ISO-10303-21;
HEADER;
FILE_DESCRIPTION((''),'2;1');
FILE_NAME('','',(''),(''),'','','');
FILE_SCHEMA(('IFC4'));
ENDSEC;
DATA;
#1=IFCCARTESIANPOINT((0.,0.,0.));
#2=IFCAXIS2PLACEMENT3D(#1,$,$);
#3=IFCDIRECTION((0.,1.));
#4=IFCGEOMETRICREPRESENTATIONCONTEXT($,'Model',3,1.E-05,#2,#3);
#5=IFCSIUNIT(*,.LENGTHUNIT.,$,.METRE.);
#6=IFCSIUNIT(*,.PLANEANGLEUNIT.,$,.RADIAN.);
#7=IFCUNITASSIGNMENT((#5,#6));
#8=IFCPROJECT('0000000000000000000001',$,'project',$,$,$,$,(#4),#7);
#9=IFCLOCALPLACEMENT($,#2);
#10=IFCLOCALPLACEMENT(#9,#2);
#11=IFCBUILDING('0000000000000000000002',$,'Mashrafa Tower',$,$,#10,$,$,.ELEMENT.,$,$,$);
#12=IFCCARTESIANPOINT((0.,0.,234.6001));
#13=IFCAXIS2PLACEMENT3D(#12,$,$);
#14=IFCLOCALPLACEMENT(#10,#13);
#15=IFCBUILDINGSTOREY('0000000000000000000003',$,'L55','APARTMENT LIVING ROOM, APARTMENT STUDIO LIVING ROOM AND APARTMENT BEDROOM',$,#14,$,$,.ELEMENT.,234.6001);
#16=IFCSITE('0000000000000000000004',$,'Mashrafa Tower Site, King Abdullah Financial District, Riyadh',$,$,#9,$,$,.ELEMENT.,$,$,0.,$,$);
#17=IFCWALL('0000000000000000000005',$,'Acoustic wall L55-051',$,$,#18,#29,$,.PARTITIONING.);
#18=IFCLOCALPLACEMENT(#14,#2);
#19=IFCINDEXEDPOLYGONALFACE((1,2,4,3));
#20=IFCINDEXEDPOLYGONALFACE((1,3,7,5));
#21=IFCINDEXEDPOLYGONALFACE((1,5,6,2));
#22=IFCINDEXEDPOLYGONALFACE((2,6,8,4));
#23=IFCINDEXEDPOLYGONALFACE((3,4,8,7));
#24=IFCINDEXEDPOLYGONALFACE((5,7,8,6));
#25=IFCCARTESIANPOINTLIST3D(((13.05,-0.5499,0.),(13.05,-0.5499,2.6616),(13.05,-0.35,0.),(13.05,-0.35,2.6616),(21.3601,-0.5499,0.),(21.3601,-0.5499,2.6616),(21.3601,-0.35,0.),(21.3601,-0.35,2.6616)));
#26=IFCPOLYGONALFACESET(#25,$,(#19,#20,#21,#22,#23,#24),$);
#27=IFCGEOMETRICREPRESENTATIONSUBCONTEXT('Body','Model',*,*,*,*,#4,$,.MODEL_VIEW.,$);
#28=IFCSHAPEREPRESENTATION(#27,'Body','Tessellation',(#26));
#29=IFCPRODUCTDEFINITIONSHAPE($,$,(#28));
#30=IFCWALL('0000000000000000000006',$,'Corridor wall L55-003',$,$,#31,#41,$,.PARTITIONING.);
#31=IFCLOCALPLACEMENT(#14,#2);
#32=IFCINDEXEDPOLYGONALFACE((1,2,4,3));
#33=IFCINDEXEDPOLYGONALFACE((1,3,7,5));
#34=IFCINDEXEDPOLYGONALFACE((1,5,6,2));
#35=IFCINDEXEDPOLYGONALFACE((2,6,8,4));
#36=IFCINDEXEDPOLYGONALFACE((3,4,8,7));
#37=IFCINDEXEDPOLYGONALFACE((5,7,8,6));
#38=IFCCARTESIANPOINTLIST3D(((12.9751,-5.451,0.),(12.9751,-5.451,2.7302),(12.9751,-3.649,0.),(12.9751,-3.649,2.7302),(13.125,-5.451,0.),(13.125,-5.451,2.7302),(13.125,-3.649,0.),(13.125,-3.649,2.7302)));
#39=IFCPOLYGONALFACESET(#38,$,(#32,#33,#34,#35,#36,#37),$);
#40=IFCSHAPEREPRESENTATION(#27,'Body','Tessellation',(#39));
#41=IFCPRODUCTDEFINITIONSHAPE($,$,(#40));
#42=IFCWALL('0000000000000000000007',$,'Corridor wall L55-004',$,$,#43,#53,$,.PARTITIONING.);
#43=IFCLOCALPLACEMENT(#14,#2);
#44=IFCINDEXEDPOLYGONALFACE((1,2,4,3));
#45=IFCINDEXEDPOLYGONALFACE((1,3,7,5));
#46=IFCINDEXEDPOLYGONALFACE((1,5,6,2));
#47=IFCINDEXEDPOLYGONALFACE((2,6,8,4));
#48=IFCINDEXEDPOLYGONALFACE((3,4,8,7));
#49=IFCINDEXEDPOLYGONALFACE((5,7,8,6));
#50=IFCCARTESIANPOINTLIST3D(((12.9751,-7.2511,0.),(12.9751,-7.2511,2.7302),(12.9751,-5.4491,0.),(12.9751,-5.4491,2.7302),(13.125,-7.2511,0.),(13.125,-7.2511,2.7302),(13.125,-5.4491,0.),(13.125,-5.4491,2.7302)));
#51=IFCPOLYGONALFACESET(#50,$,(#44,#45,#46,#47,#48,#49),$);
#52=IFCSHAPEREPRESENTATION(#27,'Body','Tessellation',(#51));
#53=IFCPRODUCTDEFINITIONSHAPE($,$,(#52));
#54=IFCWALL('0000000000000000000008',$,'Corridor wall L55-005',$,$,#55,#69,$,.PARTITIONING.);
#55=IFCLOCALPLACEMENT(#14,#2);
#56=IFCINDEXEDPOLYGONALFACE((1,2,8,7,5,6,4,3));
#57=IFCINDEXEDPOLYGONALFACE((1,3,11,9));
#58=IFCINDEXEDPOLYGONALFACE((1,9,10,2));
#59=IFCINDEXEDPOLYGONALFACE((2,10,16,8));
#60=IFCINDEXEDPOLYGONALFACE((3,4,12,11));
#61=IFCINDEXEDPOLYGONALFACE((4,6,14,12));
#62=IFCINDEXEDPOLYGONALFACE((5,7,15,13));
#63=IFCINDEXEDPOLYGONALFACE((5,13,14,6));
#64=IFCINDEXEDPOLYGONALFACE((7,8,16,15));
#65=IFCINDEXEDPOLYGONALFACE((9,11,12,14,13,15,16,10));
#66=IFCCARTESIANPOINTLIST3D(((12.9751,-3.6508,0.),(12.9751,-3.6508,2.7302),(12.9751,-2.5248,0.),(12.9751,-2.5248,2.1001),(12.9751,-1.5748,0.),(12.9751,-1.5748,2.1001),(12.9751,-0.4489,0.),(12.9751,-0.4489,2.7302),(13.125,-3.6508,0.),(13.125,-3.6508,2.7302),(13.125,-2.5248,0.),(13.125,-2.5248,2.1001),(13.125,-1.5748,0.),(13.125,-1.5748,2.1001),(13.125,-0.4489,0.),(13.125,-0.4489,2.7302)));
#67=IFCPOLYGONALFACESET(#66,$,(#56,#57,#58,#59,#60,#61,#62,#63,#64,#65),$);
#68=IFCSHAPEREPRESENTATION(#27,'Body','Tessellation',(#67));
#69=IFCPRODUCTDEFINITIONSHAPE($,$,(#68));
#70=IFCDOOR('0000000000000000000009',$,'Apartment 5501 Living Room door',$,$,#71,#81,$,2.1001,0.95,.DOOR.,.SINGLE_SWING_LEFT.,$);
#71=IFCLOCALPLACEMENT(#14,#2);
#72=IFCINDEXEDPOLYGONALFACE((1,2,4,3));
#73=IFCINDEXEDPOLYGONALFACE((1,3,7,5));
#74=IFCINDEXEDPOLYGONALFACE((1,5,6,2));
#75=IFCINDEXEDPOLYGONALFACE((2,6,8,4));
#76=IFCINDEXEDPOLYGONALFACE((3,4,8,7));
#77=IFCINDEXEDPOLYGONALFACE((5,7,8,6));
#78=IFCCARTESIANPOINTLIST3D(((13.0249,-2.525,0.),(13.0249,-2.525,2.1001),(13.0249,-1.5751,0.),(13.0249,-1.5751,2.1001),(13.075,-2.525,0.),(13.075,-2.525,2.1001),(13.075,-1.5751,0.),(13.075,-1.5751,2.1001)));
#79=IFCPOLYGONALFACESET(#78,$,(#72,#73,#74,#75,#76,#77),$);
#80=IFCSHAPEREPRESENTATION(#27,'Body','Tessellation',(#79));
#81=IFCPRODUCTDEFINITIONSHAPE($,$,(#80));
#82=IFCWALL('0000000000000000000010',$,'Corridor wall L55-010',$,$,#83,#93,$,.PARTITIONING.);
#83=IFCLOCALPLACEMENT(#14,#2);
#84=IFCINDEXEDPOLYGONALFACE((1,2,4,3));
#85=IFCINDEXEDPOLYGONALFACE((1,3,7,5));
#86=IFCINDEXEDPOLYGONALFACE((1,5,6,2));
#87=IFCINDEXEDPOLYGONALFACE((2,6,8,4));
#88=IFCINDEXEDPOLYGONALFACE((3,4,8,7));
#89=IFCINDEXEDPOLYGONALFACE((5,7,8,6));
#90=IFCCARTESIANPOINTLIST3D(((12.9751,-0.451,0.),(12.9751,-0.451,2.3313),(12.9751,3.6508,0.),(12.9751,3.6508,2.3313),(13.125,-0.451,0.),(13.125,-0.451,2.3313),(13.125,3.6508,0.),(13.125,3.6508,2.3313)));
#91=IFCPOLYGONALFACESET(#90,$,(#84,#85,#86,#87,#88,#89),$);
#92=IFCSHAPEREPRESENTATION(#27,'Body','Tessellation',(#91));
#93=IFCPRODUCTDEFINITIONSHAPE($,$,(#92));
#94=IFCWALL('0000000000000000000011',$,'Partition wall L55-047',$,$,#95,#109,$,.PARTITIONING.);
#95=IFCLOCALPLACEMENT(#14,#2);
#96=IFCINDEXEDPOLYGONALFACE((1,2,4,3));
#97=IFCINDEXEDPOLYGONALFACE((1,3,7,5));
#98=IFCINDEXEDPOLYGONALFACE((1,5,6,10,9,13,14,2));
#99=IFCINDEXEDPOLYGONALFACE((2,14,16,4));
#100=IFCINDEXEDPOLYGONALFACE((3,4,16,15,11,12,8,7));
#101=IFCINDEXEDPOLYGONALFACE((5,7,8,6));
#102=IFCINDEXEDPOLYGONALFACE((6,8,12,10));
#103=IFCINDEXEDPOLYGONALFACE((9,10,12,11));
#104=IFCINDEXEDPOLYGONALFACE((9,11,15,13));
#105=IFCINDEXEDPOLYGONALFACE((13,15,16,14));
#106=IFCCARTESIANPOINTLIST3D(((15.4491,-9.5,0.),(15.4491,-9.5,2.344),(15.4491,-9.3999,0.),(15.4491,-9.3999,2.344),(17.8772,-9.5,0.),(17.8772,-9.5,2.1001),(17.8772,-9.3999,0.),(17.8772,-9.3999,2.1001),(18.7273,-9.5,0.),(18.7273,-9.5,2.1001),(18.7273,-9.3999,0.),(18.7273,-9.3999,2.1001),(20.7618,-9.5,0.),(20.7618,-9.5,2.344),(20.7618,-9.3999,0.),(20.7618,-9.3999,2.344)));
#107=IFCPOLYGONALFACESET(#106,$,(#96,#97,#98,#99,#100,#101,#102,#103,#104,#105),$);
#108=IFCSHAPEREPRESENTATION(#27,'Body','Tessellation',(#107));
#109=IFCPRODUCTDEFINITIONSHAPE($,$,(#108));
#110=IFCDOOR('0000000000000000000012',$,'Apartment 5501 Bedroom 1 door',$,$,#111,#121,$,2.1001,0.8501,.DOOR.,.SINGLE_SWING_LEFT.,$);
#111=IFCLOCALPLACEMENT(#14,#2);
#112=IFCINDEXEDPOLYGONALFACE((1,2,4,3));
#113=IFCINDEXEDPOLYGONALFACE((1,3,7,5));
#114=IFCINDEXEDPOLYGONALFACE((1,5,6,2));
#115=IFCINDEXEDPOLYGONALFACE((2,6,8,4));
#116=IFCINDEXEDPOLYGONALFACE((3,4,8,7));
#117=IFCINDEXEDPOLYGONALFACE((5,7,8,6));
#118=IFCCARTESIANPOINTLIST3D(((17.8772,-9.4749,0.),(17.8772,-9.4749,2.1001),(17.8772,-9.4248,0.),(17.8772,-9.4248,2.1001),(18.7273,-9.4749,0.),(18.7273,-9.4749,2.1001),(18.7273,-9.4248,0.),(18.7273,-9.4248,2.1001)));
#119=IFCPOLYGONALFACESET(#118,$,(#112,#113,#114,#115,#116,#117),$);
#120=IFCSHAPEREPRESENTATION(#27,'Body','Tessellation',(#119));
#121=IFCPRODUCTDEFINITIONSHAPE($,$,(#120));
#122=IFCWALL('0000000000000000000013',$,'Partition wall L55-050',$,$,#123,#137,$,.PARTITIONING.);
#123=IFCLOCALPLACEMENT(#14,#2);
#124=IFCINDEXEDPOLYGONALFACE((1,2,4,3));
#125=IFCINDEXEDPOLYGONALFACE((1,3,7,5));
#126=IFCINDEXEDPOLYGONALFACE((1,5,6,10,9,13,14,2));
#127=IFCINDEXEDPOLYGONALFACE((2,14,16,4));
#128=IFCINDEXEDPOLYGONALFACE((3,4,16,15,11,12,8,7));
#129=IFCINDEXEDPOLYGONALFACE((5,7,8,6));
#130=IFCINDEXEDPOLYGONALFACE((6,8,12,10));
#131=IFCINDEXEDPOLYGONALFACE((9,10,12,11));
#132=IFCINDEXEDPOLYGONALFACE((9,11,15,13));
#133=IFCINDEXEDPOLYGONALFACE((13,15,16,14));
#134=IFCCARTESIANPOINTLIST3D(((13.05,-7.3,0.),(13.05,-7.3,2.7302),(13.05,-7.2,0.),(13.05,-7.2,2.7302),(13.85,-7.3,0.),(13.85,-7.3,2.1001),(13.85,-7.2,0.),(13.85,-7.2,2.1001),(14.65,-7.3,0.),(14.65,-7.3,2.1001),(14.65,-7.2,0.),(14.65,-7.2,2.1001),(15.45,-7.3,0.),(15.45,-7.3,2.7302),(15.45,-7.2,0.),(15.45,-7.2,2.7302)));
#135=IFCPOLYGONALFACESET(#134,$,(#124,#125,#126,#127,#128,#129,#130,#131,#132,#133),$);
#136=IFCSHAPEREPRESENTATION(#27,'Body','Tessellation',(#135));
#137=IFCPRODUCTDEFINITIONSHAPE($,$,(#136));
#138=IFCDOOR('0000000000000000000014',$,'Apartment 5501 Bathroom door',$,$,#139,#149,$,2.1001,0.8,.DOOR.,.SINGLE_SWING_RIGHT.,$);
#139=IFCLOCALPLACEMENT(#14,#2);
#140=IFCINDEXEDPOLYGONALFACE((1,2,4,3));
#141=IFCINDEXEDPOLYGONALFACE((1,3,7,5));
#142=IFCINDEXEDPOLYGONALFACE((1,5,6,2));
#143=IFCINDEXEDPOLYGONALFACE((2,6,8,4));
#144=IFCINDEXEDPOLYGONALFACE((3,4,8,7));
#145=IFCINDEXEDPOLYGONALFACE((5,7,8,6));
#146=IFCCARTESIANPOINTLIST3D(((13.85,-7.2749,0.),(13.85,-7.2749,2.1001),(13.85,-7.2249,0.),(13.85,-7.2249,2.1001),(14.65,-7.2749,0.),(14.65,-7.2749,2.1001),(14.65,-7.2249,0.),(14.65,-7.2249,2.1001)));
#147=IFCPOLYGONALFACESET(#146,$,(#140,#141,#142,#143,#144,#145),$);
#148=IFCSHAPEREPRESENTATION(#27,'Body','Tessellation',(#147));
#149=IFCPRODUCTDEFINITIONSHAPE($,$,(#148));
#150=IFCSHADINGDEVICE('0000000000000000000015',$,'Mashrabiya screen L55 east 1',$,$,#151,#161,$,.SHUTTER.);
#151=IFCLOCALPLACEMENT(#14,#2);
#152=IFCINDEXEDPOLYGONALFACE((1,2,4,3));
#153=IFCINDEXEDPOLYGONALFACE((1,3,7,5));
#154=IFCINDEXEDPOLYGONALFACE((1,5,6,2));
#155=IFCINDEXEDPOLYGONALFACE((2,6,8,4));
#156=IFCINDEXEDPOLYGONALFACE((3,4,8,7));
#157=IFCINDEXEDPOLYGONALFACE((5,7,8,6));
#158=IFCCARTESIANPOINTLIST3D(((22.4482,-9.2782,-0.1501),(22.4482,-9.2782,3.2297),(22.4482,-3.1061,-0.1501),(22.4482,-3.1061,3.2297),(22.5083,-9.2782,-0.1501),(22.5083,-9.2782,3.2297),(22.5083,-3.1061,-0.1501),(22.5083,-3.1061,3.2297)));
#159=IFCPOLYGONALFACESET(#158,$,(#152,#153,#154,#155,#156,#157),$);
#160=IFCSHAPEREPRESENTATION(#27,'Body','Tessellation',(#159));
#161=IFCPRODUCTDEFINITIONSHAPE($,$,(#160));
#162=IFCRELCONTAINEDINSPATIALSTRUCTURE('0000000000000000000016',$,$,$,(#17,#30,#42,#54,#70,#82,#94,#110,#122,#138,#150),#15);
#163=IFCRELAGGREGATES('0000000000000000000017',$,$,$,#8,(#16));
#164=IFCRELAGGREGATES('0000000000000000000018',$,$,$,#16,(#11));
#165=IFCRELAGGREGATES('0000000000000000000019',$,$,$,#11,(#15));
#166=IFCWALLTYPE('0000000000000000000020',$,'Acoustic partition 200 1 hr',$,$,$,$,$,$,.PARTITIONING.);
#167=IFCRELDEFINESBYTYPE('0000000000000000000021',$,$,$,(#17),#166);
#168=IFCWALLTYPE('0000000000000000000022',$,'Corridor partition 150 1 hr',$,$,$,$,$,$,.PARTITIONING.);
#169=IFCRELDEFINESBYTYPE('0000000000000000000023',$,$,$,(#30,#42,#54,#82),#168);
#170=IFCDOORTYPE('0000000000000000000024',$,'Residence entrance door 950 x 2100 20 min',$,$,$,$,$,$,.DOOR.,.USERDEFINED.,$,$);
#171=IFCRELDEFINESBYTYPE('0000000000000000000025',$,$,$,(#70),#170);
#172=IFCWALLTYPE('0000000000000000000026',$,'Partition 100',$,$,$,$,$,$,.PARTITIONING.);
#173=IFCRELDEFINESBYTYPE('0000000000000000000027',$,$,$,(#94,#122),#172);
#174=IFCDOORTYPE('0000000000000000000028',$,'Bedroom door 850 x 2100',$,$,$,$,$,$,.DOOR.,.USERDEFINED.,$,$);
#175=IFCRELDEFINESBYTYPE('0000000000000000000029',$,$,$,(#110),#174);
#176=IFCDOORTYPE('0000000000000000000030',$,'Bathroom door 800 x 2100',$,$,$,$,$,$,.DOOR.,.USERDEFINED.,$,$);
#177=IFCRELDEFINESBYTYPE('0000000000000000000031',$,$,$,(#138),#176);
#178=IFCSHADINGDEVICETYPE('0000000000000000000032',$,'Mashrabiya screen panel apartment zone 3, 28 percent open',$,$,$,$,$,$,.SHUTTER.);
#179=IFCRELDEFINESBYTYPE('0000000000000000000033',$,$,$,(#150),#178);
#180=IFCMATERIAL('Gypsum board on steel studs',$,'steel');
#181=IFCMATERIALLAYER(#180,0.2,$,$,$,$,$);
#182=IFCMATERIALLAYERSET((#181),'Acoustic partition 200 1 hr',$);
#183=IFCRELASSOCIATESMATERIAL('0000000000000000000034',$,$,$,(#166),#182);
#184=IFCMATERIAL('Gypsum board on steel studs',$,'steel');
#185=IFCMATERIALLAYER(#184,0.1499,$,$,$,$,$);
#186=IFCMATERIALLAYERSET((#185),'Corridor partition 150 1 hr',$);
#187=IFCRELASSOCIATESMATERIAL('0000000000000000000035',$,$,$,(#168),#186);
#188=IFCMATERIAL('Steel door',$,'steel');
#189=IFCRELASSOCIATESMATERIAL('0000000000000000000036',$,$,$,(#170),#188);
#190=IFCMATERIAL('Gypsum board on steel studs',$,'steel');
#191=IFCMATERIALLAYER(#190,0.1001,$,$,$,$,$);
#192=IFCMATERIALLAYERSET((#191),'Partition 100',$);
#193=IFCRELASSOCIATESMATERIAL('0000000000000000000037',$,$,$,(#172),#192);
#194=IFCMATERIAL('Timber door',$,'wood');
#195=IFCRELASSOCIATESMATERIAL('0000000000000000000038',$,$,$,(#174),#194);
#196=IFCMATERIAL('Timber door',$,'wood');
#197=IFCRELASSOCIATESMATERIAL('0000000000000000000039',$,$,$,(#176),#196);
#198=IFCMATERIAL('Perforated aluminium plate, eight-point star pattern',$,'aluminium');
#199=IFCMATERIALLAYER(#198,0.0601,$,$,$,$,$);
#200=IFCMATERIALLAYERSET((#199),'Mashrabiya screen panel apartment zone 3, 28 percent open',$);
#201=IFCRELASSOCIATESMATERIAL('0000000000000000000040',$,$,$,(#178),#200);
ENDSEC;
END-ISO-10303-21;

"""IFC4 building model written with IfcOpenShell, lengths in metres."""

from ifc_helpers import new_model, si_unit, direction, frame, frame_2d, origin, origin_2d, place, context, subcontext, project, spatial, rectangle, extrude, source, transform, mapped, material, layer, layer_set, type_object, type_shapes, element, fill, save


model = new_model("IFC4")

# Units and contexts
model_context = context("Model", 3, precision=1e-05, world=origin(), true_north=direction((0.0, 1.0)))
body_context = subcontext(model_context, "Body", "Model", "MODEL_VIEW")
ifc_project = project(units=[si_unit("LENGTHUNIT", "METRE"), si_unit("PLANEANGLEUNIT", "RADIAN")], contexts=[model_context])

# Site, building, storey
site_placement = place(None, origin())
site = spatial("IfcSite", under=ifc_project, at=site_placement, Name="Mashrafa Tower Site, King Abdullah Financial District, Riyadh", CompositionType="ELEMENT", RefElevation=0.0)
building_placement = place(site_placement, origin())
building = spatial("IfcBuilding", under=site, at=building_placement, Name="Mashrafa Tower", CompositionType="ELEMENT")
storey_placement = place(building_placement, frame((0.0, 0.0, 234.6001)))
storey = spatial("IfcBuildingStorey", under=building, at=storey_placement, Name="L55", Description="APARTMENT LIVING ROOM, APARTMENT STUDIO LIVING ROOM AND APARTMENT BEDROOM", CompositionType="ELEMENT", Elevation=234.6001)

# Walls
ifc_material_1 = material(Name="Gypsum board on steel studs", Category="steel")
ifc_layer_1 = layer(ifc_material_1, 0.2)
ifc_layer_set_1 = layer_set([ifc_layer_1], Name="Acoustic partition 200 1 hr")
wall_type_1 = type_object("IfcWallType", Name="Acoustic partition 200 1 hr", PredefinedType="PARTITIONING", material=ifc_layer_set_1)
wall_1_placement = place(storey_placement, frame((21.3601, -0.45, 0.0), z_axis=(0.0, 0.0, 1.0), x_axis=(-1.0, 0.0, 0.0)))
element("IfcWall", 1, at=wall_1_placement, inside=storey, type_object=wall_type_1, Name="Acoustic wall L55-051", PredefinedType="PARTITIONING", context=body_context, shape_type="SweptSolid", body=[
    extrude(rectangle(XDim=8.3101, YDim=0.2, at=frame_2d((4.155, 0.0))), origin(), (0.0, 0.0, 1.0), 2.6616),
])
ifc_material_2 = material(Name="Gypsum board on steel studs", Category="steel")
ifc_layer_2 = layer(ifc_material_2, 0.1499)
ifc_layer_set_2 = layer_set([ifc_layer_2], Name="Corridor partition 150 1 hr")
wall_type_2 = type_object("IfcWallType", Name="Corridor partition 150 1 hr", PredefinedType="PARTITIONING", material=ifc_layer_set_2)
for number, where, z_axis, x_axis, name in (
    (2, (13.05, -5.4509, 0.0), (0.0, 0.0, 1.0), (0.0, 1.0, 0.0), "Corridor wall L55-003"),
    (3, (13.05, -7.251, 0.0), (0.0, 0.0, 1.0), (0.0, 1.0, 0.0), "Corridor wall L55-004"),
):
    element("IfcWall", number, at=place(storey_placement, frame(where, z_axis=z_axis, x_axis=x_axis)), inside=storey, type_object=wall_type_2, Name=name, PredefinedType="PARTITIONING", context=body_context, shape_type="SweptSolid", body=[
        extrude(rectangle(XDim=1.802, YDim=0.1499, at=frame_2d((0.9009, 0.0))), origin(), (0.0, 0.0, 1.0), 2.7302),
    ])

# Wall, opening, door
wall_2_placement = place(storey_placement, frame((13.05, -3.6509, 0.0), z_axis=(0.0, 0.0, 1.0), x_axis=(0.0, 1.0, 0.0)))
wall_2 = element("IfcWall", 4, at=wall_2_placement, inside=storey, type_object=wall_type_2, Name="Corridor wall L55-005", PredefinedType="PARTITIONING", context=body_context, shape_type="SweptSolid", body=[
    extrude(rectangle(XDim=3.2019, YDim=0.1499, at=frame_2d((1.6011, 0.0))), origin(), (0.0, 0.0, 1.0), 2.7302),
])
opening_1_placement = place(wall_2_placement, frame((1.126, 0.0, 0.0)))
opening_1 = element("IfcOpeningElement", 5, at=opening_1_placement, cuts=wall_2, PredefinedType="OPENING", context=body_context, shape_type="SweptSolid", body=[
    extrude(rectangle(XDim=0.95, YDim=2.1001, at=frame_2d((0.4751, 1.05))), frame((0.0, 0.085, 0.0), z_axis=(0.0, -1.0, 0.0), x_axis=(1.0, 0.0, 0.0)), (0.0, 0.0, 1.0), 0.1699),
])
ifc_material_3 = material(Name="Steel door", Category="steel")
door_type_1 = type_object("IfcDoorType", Name="Residence entrance door 950 x 2100 20 min", OperationType="USERDEFINED", PredefinedType="DOOR", material=ifc_material_3)
door_1_placement = place(opening_1_placement, frame((0.95, 0.0, 0.0), z_axis=(0.0, 0.0, 1.0), x_axis=(-1.0, 0.0, 0.0)))
door_1 = element("IfcDoor", 6, at=door_1_placement, inside=storey, type_object=door_type_1, Name="Apartment 5501 Living Room door", OperationType="SINGLE_SWING_LEFT", OverallHeight=2.1001, OverallWidth=0.95, PredefinedType="DOOR", context=body_context, shape_type="SweptSolid", body=[
    extrude(rectangle(XDim=0.95, YDim=2.1001, at=frame_2d((0.4751, 1.05))), frame((0.0, 0.0249, 0.0), z_axis=(0.0, -1.0, 0.0), x_axis=(1.0, 0.0, 0.0)), (0.0, 0.0, 1.0), 0.05),
])
fill(opening_1, door_1)

# Wall
wall_3_placement = place(storey_placement, frame((13.05, -0.4509, 0.0), z_axis=(0.0, 0.0, 1.0), x_axis=(0.0, 1.0, 0.0)))
element("IfcWall", 7, at=wall_3_placement, inside=storey, type_object=wall_type_2, Name="Corridor wall L55-010", PredefinedType="PARTITIONING", context=body_context, shape_type="SweptSolid", body=[
    extrude(rectangle(XDim=4.1018, YDim=0.1499, at=frame_2d((2.0508, 0.0))), origin(), (0.0, 0.0, 1.0), 2.3313),
])

# Walls, openings, doors
ifc_material_4 = material(Name="Gypsum board on steel studs", Category="steel")
ifc_layer_3 = layer(ifc_material_4, 0.1001)
ifc_layer_set_3 = layer_set([ifc_layer_3], Name="Partition 100")
wall_type_3 = type_object("IfcWallType", Name="Partition 100", PredefinedType="PARTITIONING", material=ifc_layer_set_3)
wall_4_placement = place(storey_placement, frame((20.7617, -9.45, 0.0), z_axis=(0.0, 0.0, 1.0), x_axis=(-1.0, 0.0, 0.0)))
wall_4 = element("IfcWall", 8, at=wall_4_placement, inside=storey, type_object=wall_type_3, Name="Partition wall L55-047", PredefinedType="PARTITIONING", context=body_context, shape_type="SweptSolid", body=[
    extrude(rectangle(XDim=5.3127, YDim=0.1001, at=frame_2d((2.6562, 0.0))), origin(), (0.0, 0.0, 1.0), 2.344),
])
opening_2_placement = place(wall_4_placement, frame((2.0344, 0.0, 0.0)))
opening_2 = element("IfcOpeningElement", 9, at=opening_2_placement, cuts=wall_4, PredefinedType="OPENING", context=body_context, shape_type="SweptSolid", body=[
    extrude(rectangle(XDim=0.8501, YDim=2.1001, at=frame_2d((0.425, 1.05))), frame((0.0, 0.0601, 0.0), z_axis=(0.0, -1.0, 0.0), x_axis=(1.0, 0.0, 0.0)), (0.0, 0.0, 1.0), 0.1201),
])
ifc_material_5 = material(Name="Timber door", Category="wood")
door_type_2 = type_object("IfcDoorType", Name="Bedroom door 850 x 2100", OperationType="USERDEFINED", PredefinedType="DOOR", material=ifc_material_5)
door_2_placement = place(opening_2_placement, origin())
door_2 = element("IfcDoor", 10, at=door_2_placement, inside=storey, type_object=door_type_2, Name="Apartment 5501 Bedroom 1 door", OperationType="SINGLE_SWING_LEFT", OverallHeight=2.1001, OverallWidth=0.8501, PredefinedType="DOOR", context=body_context, shape_type="SweptSolid", body=[
    extrude(rectangle(XDim=0.8501, YDim=2.1001, at=frame_2d((0.425, 1.05))), frame((0.0, 0.0249, 0.0), z_axis=(0.0, -1.0, 0.0), x_axis=(1.0, 0.0, 0.0)), (0.0, 0.0, 1.0), 0.05),
])
fill(opening_2, door_2)
wall_5_placement = place(storey_placement, frame((15.45, -7.25, 0.0), z_axis=(0.0, 0.0, 1.0), x_axis=(-1.0, 0.0, 0.0)))
wall_5 = element("IfcWall", 11, at=wall_5_placement, inside=storey, type_object=wall_type_3, Name="Partition wall L55-050", PredefinedType="PARTITIONING", context=body_context, shape_type="SweptSolid", body=[
    extrude(rectangle(XDim=2.3999, YDim=0.1001, at=frame_2d((1.2, 0.0))), origin(), (0.0, 0.0, 1.0), 2.7302),
])
opening_3_placement = place(wall_5_placement, frame((0.8, 0.0, 0.0)))
opening_3 = element("IfcOpeningElement", 12, at=opening_3_placement, cuts=wall_5, PredefinedType="OPENING", context=body_context, shape_type="SweptSolid", body=[
    extrude(rectangle(XDim=0.8, YDim=2.1001, at=frame_2d((0.3999, 1.05))), frame((0.0, 0.0601, 0.0), z_axis=(0.0, -1.0, 0.0), x_axis=(1.0, 0.0, 0.0)), (0.0, 0.0, 1.0), 0.1201),
])
ifc_material_6 = material(Name="Timber door", Category="wood")
door_type_3 = type_object("IfcDoorType", Name="Bathroom door 800 x 2100", OperationType="USERDEFINED", PredefinedType="DOOR", material=ifc_material_6)
door_3_placement = place(opening_3_placement, origin())
door_3 = element("IfcDoor", 13, at=door_3_placement, inside=storey, type_object=door_type_3, Name="Apartment 5501 Bathroom door", OperationType="SINGLE_SWING_RIGHT", OverallHeight=2.1001, OverallWidth=0.8, PredefinedType="DOOR", context=body_context, shape_type="SweptSolid", body=[
    extrude(rectangle(XDim=0.8, YDim=2.1001, at=frame_2d((0.3999, 1.05))), frame((0.0, 0.0249, 0.0), z_axis=(0.0, -1.0, 0.0), x_axis=(1.0, 0.0, 0.0)), (0.0, 0.0, 1.0), 0.05),
])
fill(opening_3, door_3)

# Shading device
ifc_material_7 = material(Name="Perforated aluminium plate, eight-point star pattern", Category="aluminium")
ifc_layer_4 = layer(ifc_material_7, 0.0601)
ifc_layer_set_4 = layer_set([ifc_layer_4], Name="Mashrabiya screen panel apartment zone 3, 28 percent open")
shading_device_type = type_object("IfcShadingDeviceType", Name="Mashrabiya screen panel apartment zone 3, 28 percent open", PredefinedType="SHUTTER", material=ifc_layer_set_4)
shared_shape_1 = source(origin(), body_context, "Body", "SweptSolid", [
    extrude(rectangle(XDim=6.1721, YDim=0.0601, at=origin_2d()), origin(), (0.0, 0.0, 1.0), 3.3799),
])
type_shapes(shading_device_type, [shared_shape_1])
shading_device_placement = place(storey_placement, frame((22.4783, -6.1921, -0.1501), z_axis=(0.0, 0.0, 1.0), x_axis=(0.0, 1.0, 0.0)))
element("IfcShadingDevice", 14, at=shading_device_placement, inside=storey, type_object=shading_device_type, Name="Mashrabiya screen L55 east 1", PredefinedType="SHUTTER", context=body_context, shape_type="MappedRepresentation", body=[
    mapped(shared_shape_1, transform((0.0, 0.0, 0.0))),
])

save(model, "model.ifc")
